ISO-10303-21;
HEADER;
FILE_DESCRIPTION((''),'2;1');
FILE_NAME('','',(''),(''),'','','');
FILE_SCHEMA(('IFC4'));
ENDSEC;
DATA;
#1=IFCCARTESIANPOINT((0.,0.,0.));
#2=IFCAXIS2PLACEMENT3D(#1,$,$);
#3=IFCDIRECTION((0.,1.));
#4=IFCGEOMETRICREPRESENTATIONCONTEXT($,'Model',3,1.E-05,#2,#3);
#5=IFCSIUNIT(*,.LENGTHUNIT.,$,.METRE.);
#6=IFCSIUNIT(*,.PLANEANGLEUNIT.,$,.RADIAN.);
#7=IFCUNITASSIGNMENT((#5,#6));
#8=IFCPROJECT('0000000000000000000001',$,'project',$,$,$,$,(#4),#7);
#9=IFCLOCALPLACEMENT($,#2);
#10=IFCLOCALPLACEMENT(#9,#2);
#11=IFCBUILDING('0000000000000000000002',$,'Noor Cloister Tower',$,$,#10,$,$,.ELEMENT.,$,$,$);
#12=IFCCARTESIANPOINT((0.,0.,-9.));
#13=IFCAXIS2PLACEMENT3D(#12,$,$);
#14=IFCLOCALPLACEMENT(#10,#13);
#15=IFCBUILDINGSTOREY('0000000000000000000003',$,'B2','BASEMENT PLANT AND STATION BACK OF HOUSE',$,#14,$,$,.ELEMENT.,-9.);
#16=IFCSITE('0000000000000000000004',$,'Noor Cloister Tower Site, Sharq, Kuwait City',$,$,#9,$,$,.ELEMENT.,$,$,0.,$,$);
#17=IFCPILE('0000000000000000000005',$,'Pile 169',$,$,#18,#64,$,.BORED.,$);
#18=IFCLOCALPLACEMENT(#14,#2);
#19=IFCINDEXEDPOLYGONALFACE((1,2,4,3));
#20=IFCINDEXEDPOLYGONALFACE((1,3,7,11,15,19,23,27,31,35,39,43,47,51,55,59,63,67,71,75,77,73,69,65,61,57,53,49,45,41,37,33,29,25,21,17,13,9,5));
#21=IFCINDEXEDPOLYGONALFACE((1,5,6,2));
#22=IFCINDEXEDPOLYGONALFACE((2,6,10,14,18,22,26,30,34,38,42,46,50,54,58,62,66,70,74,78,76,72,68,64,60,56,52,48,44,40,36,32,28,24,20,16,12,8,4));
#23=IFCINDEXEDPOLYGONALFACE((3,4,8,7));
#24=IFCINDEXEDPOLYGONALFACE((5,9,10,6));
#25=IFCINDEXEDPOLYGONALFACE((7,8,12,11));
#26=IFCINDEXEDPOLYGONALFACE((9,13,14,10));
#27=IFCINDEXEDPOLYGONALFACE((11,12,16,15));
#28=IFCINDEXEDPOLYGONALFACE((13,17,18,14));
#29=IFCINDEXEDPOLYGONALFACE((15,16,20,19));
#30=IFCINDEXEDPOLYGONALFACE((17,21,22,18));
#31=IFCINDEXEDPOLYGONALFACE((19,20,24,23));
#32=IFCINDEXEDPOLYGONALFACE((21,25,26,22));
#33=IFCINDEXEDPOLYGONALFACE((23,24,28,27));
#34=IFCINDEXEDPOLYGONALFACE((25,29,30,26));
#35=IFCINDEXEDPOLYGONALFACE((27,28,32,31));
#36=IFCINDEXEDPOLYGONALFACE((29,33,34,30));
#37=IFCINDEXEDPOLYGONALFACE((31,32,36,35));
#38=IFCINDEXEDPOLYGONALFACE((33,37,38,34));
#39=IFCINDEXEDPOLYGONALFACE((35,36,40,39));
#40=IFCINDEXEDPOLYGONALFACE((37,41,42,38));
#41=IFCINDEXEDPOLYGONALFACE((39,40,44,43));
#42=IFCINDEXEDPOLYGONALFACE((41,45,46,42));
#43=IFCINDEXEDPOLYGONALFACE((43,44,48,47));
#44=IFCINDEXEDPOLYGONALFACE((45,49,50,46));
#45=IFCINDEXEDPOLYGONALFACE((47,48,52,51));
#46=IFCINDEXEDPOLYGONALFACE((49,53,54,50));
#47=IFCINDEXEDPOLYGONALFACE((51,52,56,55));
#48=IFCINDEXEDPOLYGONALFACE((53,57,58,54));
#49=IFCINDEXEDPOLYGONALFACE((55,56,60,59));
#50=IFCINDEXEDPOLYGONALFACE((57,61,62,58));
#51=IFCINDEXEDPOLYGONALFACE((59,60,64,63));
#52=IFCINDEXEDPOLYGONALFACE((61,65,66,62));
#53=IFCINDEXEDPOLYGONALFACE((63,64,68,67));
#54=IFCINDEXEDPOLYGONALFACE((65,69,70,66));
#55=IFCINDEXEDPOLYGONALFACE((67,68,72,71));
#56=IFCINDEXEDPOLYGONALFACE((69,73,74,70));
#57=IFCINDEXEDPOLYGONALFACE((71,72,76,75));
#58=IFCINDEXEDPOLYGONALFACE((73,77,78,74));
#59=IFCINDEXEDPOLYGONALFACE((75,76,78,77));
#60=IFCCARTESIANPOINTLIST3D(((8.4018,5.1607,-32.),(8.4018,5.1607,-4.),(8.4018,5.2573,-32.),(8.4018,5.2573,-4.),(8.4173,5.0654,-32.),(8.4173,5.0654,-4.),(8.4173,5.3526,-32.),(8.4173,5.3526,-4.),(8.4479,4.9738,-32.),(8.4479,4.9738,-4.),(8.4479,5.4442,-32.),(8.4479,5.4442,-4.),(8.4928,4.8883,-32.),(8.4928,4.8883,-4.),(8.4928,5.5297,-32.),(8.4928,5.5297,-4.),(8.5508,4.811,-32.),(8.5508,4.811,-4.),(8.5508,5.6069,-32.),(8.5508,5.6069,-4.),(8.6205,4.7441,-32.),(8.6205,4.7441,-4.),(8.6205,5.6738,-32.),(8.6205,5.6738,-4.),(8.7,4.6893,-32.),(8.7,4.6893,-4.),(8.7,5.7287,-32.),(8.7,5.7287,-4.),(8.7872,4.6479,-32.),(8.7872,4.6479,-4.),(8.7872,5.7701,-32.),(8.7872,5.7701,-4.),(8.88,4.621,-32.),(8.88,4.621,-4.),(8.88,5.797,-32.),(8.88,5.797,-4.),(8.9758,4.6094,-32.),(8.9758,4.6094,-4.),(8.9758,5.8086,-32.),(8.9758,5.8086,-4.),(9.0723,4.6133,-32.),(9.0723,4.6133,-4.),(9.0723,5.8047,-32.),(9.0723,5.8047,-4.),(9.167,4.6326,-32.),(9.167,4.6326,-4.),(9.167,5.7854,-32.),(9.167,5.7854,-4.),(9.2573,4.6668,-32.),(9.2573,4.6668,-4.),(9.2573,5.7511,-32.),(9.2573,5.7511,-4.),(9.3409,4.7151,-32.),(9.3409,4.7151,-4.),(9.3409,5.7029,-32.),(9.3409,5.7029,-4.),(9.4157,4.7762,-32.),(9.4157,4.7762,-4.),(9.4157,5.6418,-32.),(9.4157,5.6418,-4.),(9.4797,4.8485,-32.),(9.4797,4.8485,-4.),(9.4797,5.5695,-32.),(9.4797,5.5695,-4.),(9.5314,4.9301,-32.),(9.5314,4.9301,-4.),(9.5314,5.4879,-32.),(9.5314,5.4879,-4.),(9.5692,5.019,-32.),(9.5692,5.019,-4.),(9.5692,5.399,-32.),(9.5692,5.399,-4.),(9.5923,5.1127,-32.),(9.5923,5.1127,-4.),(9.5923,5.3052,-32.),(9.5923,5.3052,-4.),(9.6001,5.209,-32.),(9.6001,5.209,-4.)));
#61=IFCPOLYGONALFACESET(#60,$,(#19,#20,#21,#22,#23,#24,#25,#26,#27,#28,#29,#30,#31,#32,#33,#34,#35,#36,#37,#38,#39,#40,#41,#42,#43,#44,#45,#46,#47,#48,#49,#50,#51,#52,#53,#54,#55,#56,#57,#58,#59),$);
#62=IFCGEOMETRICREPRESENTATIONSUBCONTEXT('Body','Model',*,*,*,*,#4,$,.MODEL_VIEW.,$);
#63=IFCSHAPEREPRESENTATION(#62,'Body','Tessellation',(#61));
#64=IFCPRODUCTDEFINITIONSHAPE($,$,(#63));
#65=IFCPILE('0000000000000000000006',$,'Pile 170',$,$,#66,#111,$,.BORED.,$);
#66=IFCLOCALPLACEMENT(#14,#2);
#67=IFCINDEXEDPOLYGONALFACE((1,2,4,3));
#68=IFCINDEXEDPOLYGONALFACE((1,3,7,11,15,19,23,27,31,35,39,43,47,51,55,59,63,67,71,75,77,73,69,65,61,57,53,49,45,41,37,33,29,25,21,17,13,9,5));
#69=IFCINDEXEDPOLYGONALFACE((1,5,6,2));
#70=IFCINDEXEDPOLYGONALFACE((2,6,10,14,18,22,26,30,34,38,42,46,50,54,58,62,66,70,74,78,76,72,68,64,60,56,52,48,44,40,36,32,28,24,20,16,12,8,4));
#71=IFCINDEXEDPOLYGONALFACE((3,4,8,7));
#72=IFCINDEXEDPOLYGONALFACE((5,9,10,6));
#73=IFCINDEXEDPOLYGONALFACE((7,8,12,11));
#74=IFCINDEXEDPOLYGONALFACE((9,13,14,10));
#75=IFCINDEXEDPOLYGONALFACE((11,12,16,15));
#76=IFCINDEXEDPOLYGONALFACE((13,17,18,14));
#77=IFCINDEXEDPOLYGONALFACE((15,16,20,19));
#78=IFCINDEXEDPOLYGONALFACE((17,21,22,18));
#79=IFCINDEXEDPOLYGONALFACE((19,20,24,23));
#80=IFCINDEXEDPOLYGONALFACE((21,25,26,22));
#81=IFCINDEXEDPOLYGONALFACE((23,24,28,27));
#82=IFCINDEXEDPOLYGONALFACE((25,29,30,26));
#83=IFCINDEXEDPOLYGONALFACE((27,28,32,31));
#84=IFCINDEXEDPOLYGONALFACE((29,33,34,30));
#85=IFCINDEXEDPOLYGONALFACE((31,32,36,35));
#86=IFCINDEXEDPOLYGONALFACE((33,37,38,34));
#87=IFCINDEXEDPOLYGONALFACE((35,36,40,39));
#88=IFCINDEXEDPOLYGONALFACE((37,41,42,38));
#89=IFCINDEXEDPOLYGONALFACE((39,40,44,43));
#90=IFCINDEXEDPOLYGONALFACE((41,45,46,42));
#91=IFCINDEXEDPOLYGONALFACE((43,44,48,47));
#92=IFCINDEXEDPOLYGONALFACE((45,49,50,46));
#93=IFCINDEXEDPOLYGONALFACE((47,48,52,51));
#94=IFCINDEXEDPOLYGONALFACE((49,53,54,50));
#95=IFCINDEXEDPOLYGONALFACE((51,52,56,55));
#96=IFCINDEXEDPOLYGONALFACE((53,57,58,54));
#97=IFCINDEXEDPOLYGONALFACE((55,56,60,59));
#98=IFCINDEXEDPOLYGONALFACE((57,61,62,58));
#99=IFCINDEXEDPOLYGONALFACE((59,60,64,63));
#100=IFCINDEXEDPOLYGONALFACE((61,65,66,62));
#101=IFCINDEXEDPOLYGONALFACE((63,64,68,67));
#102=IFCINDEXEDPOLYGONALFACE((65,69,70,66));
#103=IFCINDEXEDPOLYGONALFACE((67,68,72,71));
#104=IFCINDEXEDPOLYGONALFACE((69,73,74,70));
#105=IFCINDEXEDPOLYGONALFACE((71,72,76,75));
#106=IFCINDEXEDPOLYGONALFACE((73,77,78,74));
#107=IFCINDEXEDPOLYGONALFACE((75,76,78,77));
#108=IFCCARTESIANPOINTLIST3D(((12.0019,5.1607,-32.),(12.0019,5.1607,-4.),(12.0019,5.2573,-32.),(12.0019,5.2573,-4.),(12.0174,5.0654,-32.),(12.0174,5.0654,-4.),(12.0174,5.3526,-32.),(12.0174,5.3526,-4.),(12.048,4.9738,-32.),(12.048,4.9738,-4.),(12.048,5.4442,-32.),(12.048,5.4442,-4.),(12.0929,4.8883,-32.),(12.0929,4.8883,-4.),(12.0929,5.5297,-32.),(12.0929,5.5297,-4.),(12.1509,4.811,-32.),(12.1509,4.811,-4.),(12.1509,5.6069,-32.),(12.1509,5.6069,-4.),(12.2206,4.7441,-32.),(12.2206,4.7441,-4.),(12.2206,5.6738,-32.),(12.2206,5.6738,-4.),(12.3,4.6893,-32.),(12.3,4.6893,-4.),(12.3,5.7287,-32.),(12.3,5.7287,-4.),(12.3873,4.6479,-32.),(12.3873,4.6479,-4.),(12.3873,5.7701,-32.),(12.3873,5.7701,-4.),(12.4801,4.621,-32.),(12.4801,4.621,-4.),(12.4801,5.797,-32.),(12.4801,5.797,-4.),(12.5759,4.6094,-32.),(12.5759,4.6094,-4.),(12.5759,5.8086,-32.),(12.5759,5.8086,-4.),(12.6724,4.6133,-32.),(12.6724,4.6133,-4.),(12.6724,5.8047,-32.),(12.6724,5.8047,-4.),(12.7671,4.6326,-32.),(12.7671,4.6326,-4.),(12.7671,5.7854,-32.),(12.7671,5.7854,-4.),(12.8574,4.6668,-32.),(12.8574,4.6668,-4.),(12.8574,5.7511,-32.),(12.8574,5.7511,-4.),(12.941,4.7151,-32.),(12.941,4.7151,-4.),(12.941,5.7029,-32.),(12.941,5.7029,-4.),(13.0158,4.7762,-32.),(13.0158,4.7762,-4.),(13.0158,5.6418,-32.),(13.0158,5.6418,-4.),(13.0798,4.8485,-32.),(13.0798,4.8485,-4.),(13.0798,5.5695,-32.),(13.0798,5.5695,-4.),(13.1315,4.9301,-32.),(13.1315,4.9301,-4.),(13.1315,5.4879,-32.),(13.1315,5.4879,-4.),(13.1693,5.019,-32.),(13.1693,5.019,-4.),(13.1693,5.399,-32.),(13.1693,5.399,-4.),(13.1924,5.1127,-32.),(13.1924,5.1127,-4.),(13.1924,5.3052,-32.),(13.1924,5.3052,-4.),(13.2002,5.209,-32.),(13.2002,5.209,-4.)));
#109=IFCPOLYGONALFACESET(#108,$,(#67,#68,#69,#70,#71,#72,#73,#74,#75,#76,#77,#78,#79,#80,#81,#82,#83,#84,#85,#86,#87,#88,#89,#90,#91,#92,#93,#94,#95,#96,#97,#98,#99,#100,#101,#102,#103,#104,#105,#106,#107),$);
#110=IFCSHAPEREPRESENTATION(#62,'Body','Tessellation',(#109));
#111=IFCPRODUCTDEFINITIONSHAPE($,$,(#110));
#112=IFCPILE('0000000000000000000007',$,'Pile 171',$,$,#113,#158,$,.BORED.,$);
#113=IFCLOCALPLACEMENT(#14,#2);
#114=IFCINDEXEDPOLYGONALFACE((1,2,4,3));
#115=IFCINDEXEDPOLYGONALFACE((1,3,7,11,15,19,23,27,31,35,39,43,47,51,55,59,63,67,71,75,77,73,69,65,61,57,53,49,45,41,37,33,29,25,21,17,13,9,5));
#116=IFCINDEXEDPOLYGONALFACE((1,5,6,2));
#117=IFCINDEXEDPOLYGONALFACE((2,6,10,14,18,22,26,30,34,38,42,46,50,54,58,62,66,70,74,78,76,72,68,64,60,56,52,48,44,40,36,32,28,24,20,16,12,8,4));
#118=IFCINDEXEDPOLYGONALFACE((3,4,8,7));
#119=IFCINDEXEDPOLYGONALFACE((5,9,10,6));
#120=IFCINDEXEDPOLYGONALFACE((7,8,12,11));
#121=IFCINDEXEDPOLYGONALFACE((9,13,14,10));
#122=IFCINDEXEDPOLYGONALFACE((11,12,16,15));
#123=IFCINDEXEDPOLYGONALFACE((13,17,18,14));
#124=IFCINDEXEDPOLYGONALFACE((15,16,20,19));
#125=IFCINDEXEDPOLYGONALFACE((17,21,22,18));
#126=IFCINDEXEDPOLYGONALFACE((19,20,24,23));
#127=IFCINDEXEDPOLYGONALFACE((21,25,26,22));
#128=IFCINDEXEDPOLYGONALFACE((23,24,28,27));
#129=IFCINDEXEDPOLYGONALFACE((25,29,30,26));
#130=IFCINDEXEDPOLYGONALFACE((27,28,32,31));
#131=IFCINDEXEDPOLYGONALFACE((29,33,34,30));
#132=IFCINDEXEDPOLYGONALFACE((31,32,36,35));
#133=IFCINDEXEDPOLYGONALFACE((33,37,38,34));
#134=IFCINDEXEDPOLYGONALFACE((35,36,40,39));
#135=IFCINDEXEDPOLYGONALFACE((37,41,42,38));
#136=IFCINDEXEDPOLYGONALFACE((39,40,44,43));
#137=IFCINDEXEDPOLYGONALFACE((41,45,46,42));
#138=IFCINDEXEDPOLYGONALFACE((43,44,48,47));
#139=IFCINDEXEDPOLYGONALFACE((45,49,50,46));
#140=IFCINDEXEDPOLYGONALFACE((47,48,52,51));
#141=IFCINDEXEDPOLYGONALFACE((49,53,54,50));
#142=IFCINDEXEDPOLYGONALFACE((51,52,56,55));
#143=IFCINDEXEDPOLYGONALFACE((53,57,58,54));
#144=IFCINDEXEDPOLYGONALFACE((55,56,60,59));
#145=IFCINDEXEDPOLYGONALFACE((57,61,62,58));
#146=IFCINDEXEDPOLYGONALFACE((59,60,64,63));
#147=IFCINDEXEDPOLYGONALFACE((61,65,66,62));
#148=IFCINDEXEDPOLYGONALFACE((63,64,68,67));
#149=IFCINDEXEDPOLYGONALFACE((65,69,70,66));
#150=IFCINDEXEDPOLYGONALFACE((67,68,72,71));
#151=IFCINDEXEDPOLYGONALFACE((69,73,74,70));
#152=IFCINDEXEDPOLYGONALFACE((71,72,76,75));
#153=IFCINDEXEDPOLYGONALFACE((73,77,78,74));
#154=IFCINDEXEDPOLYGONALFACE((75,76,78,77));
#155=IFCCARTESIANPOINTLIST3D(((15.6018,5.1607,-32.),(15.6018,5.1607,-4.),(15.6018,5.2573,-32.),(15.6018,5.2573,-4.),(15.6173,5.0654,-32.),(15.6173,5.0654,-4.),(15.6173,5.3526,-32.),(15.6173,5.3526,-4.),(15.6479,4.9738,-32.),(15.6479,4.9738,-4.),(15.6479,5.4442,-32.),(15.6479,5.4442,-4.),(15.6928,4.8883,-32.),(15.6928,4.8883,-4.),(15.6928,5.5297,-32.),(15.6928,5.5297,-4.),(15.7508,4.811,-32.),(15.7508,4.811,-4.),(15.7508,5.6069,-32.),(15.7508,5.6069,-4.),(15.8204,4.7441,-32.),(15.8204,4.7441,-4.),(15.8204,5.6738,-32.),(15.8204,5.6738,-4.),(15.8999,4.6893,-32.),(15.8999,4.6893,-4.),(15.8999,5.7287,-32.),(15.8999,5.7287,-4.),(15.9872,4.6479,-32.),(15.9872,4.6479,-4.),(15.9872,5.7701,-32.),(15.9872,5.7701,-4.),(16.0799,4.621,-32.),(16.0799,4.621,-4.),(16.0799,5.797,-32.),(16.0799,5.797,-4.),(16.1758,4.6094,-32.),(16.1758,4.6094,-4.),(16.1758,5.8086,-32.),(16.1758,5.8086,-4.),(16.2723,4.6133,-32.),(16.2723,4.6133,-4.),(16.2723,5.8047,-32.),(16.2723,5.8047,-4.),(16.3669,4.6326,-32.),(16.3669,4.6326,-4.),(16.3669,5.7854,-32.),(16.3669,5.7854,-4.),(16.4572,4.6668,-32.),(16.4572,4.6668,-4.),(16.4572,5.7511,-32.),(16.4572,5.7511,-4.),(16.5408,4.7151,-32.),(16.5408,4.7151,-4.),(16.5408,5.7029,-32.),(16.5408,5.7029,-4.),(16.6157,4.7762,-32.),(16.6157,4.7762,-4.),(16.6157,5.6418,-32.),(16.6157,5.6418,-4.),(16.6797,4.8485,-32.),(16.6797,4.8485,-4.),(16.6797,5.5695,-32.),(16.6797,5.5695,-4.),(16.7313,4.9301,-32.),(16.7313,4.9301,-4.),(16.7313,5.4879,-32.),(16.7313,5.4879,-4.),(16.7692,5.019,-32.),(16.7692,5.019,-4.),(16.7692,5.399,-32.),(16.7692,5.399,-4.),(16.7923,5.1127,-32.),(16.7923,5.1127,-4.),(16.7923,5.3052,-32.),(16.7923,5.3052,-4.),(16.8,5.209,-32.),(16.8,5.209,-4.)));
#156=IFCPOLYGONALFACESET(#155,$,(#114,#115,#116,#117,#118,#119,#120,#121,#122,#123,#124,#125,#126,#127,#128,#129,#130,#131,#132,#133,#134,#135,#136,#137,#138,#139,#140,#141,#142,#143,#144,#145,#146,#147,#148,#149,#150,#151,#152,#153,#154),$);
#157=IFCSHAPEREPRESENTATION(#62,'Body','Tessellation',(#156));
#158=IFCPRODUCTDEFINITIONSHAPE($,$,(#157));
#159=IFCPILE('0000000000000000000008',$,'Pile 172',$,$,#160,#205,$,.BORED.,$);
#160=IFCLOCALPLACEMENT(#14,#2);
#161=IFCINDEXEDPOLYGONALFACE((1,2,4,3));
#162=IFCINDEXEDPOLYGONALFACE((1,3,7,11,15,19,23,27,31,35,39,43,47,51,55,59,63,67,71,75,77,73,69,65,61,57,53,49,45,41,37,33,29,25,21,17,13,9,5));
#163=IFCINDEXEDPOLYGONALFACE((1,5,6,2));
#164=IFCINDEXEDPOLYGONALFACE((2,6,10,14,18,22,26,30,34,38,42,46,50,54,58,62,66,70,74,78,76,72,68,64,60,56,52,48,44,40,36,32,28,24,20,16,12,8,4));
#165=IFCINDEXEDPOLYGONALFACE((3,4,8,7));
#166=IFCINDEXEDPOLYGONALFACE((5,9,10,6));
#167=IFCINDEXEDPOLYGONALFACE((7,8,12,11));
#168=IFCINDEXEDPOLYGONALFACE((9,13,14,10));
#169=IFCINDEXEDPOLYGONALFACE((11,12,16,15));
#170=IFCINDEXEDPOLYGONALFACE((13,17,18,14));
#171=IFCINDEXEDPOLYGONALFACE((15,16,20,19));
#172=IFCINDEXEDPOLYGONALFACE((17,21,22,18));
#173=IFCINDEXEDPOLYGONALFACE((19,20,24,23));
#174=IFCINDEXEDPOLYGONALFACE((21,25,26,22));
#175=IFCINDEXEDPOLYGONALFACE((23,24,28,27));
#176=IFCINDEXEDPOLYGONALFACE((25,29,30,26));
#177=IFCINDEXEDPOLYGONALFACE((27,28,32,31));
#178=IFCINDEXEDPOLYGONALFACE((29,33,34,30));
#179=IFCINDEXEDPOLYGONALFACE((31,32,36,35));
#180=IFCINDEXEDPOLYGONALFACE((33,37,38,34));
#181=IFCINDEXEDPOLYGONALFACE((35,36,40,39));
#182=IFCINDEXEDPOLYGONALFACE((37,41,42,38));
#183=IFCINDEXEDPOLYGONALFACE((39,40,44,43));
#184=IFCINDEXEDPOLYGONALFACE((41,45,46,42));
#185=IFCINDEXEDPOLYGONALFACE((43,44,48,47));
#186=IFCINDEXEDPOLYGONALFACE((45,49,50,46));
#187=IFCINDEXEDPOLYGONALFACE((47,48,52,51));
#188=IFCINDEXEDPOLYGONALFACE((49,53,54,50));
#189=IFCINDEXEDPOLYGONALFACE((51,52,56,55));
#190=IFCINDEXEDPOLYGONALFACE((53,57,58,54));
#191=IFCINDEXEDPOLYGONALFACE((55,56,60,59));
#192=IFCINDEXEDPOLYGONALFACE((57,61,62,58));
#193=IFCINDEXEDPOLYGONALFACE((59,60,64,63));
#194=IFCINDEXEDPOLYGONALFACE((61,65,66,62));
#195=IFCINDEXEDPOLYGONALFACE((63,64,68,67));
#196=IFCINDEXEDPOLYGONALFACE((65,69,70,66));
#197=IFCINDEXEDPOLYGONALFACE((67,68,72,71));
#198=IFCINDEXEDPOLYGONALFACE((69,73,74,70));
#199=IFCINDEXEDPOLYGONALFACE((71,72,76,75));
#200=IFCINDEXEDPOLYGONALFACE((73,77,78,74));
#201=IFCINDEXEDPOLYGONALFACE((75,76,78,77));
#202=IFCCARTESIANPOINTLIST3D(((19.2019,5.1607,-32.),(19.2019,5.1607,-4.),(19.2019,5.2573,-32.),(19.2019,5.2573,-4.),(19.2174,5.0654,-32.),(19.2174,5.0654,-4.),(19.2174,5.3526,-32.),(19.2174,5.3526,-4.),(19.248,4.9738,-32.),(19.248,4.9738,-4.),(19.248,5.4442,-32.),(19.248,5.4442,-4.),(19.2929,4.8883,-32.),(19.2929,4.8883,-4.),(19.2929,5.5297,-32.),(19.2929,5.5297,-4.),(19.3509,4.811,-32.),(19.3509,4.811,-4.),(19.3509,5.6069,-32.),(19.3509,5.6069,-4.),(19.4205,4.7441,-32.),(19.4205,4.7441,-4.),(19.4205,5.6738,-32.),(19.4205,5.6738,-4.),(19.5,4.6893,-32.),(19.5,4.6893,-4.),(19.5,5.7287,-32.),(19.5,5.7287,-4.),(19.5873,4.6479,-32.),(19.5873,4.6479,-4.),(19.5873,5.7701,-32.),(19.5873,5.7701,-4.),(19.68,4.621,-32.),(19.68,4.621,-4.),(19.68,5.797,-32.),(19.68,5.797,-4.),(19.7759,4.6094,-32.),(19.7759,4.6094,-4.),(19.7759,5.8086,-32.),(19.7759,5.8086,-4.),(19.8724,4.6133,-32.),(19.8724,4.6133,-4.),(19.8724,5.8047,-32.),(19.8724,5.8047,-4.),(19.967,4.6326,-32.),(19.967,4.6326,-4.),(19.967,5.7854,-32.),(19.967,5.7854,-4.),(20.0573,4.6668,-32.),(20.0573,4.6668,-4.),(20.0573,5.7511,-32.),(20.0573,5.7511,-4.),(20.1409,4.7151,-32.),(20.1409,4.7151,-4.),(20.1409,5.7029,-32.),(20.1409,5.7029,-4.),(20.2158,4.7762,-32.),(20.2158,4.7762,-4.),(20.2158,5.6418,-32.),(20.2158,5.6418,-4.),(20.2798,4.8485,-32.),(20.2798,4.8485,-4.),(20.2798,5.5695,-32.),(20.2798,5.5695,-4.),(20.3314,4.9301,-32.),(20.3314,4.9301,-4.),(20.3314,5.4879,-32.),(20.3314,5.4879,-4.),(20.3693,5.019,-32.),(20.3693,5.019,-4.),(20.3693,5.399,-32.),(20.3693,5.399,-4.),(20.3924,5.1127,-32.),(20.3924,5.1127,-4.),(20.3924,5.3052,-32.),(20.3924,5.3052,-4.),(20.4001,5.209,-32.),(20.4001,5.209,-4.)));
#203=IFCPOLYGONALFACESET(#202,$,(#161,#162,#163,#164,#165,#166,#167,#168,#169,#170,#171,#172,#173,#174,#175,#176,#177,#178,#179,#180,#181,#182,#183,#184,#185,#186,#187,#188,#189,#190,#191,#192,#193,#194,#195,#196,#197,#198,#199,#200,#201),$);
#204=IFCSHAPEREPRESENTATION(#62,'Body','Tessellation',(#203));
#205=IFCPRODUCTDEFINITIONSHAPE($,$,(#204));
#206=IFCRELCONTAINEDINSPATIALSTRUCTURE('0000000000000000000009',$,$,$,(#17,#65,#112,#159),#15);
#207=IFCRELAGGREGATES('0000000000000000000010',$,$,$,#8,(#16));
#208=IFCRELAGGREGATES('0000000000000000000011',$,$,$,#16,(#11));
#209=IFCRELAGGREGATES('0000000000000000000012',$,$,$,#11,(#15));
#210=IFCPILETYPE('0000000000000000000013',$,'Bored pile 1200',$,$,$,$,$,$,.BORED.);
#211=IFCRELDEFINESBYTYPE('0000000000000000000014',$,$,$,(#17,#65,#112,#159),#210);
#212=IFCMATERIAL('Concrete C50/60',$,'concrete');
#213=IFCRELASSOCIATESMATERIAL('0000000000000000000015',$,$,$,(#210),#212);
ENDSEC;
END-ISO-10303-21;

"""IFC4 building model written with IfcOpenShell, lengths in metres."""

from ifc_helpers import new_model, si_unit, direction, frame, origin, origin_2d, place, context, subcontext, project, spatial, circle, extrude, material, material_profile, profile_set, type_object, element, save


model = new_model("IFC4")

# Units and contexts
model_context = context("Model", 3, precision=1e-05, world=origin(), true_north=direction((0.0, 1.0)))
body_context = subcontext(model_context, "Body", "Model", "MODEL_VIEW")
ifc_project = project(units=[si_unit("LENGTHUNIT", "METRE"), si_unit("PLANEANGLEUNIT", "RADIAN")], contexts=[model_context])

# Site, building, storey
site_placement = place(None, origin())
site = spatial("IfcSite", under=ifc_project, at=site_placement, Name="Noor Cloister Tower Site, Sharq, Kuwait City", CompositionType="ELEMENT", RefElevation=0.0)
building_placement = place(site_placement, origin())
building = spatial("IfcBuilding", under=site, at=building_placement, Name="Noor Cloister Tower", CompositionType="ELEMENT")
storey_placement = place(building_placement, frame((0.0, 0.0, -9.0)))
storey = spatial("IfcBuildingStorey", under=building, at=storey_placement, Name="B2", Description="BASEMENT PLANT AND STATION BACK OF HOUSE", CompositionType="ELEMENT", Elevation=-9.0)

# Piles
ifc_material_1 = material(Name="Concrete C50/60", Category="concrete")
ifc_material_profile_1 = material_profile(ifc_material_1, circle(Radius=0.6001, at=origin_2d()), Name="Bored pile 1200")
ifc_profile_set_1 = profile_set([ifc_material_profile_1], Name="Concrete C50/60")
pile_type = type_object("IfcPileType", Name="Bored pile 1200", PredefinedType="BORED", material=ifc_profile_set_1)
for number, where, z_axis, x_axis, name in (
    (1, (9.0, 5.209, -4.0), (0.0, 0.0, -1.0), (1.0, 0.0, 0.0), "Pile 169"),
    (2, (12.6001, 5.209, -4.0), (0.0, 0.0, -1.0), (1.0, 0.0, 0.0), "Pile 170"),
    (3, (16.2, 5.209, -4.0), (0.0, 0.0, -1.0), (1.0, 0.0, 0.0), "Pile 171"),
    (4, (19.8, 5.209, -4.0), (0.0, 0.0, -1.0), (1.0, 0.0, 0.0), "Pile 172"),
):
    element("IfcPile", number, at=place(storey_placement, frame(where, z_axis=z_axis, x_axis=x_axis)), inside=storey, type_object=pile_type, Name=name, PredefinedType="BORED", context=body_context, shape_type="SweptSolid", body=[
        extrude(circle(Radius=0.6001, at=origin_2d()), origin(), (0.0, 0.0, 1.0), 28.0),
    ])

save(model, "model.ifc")
